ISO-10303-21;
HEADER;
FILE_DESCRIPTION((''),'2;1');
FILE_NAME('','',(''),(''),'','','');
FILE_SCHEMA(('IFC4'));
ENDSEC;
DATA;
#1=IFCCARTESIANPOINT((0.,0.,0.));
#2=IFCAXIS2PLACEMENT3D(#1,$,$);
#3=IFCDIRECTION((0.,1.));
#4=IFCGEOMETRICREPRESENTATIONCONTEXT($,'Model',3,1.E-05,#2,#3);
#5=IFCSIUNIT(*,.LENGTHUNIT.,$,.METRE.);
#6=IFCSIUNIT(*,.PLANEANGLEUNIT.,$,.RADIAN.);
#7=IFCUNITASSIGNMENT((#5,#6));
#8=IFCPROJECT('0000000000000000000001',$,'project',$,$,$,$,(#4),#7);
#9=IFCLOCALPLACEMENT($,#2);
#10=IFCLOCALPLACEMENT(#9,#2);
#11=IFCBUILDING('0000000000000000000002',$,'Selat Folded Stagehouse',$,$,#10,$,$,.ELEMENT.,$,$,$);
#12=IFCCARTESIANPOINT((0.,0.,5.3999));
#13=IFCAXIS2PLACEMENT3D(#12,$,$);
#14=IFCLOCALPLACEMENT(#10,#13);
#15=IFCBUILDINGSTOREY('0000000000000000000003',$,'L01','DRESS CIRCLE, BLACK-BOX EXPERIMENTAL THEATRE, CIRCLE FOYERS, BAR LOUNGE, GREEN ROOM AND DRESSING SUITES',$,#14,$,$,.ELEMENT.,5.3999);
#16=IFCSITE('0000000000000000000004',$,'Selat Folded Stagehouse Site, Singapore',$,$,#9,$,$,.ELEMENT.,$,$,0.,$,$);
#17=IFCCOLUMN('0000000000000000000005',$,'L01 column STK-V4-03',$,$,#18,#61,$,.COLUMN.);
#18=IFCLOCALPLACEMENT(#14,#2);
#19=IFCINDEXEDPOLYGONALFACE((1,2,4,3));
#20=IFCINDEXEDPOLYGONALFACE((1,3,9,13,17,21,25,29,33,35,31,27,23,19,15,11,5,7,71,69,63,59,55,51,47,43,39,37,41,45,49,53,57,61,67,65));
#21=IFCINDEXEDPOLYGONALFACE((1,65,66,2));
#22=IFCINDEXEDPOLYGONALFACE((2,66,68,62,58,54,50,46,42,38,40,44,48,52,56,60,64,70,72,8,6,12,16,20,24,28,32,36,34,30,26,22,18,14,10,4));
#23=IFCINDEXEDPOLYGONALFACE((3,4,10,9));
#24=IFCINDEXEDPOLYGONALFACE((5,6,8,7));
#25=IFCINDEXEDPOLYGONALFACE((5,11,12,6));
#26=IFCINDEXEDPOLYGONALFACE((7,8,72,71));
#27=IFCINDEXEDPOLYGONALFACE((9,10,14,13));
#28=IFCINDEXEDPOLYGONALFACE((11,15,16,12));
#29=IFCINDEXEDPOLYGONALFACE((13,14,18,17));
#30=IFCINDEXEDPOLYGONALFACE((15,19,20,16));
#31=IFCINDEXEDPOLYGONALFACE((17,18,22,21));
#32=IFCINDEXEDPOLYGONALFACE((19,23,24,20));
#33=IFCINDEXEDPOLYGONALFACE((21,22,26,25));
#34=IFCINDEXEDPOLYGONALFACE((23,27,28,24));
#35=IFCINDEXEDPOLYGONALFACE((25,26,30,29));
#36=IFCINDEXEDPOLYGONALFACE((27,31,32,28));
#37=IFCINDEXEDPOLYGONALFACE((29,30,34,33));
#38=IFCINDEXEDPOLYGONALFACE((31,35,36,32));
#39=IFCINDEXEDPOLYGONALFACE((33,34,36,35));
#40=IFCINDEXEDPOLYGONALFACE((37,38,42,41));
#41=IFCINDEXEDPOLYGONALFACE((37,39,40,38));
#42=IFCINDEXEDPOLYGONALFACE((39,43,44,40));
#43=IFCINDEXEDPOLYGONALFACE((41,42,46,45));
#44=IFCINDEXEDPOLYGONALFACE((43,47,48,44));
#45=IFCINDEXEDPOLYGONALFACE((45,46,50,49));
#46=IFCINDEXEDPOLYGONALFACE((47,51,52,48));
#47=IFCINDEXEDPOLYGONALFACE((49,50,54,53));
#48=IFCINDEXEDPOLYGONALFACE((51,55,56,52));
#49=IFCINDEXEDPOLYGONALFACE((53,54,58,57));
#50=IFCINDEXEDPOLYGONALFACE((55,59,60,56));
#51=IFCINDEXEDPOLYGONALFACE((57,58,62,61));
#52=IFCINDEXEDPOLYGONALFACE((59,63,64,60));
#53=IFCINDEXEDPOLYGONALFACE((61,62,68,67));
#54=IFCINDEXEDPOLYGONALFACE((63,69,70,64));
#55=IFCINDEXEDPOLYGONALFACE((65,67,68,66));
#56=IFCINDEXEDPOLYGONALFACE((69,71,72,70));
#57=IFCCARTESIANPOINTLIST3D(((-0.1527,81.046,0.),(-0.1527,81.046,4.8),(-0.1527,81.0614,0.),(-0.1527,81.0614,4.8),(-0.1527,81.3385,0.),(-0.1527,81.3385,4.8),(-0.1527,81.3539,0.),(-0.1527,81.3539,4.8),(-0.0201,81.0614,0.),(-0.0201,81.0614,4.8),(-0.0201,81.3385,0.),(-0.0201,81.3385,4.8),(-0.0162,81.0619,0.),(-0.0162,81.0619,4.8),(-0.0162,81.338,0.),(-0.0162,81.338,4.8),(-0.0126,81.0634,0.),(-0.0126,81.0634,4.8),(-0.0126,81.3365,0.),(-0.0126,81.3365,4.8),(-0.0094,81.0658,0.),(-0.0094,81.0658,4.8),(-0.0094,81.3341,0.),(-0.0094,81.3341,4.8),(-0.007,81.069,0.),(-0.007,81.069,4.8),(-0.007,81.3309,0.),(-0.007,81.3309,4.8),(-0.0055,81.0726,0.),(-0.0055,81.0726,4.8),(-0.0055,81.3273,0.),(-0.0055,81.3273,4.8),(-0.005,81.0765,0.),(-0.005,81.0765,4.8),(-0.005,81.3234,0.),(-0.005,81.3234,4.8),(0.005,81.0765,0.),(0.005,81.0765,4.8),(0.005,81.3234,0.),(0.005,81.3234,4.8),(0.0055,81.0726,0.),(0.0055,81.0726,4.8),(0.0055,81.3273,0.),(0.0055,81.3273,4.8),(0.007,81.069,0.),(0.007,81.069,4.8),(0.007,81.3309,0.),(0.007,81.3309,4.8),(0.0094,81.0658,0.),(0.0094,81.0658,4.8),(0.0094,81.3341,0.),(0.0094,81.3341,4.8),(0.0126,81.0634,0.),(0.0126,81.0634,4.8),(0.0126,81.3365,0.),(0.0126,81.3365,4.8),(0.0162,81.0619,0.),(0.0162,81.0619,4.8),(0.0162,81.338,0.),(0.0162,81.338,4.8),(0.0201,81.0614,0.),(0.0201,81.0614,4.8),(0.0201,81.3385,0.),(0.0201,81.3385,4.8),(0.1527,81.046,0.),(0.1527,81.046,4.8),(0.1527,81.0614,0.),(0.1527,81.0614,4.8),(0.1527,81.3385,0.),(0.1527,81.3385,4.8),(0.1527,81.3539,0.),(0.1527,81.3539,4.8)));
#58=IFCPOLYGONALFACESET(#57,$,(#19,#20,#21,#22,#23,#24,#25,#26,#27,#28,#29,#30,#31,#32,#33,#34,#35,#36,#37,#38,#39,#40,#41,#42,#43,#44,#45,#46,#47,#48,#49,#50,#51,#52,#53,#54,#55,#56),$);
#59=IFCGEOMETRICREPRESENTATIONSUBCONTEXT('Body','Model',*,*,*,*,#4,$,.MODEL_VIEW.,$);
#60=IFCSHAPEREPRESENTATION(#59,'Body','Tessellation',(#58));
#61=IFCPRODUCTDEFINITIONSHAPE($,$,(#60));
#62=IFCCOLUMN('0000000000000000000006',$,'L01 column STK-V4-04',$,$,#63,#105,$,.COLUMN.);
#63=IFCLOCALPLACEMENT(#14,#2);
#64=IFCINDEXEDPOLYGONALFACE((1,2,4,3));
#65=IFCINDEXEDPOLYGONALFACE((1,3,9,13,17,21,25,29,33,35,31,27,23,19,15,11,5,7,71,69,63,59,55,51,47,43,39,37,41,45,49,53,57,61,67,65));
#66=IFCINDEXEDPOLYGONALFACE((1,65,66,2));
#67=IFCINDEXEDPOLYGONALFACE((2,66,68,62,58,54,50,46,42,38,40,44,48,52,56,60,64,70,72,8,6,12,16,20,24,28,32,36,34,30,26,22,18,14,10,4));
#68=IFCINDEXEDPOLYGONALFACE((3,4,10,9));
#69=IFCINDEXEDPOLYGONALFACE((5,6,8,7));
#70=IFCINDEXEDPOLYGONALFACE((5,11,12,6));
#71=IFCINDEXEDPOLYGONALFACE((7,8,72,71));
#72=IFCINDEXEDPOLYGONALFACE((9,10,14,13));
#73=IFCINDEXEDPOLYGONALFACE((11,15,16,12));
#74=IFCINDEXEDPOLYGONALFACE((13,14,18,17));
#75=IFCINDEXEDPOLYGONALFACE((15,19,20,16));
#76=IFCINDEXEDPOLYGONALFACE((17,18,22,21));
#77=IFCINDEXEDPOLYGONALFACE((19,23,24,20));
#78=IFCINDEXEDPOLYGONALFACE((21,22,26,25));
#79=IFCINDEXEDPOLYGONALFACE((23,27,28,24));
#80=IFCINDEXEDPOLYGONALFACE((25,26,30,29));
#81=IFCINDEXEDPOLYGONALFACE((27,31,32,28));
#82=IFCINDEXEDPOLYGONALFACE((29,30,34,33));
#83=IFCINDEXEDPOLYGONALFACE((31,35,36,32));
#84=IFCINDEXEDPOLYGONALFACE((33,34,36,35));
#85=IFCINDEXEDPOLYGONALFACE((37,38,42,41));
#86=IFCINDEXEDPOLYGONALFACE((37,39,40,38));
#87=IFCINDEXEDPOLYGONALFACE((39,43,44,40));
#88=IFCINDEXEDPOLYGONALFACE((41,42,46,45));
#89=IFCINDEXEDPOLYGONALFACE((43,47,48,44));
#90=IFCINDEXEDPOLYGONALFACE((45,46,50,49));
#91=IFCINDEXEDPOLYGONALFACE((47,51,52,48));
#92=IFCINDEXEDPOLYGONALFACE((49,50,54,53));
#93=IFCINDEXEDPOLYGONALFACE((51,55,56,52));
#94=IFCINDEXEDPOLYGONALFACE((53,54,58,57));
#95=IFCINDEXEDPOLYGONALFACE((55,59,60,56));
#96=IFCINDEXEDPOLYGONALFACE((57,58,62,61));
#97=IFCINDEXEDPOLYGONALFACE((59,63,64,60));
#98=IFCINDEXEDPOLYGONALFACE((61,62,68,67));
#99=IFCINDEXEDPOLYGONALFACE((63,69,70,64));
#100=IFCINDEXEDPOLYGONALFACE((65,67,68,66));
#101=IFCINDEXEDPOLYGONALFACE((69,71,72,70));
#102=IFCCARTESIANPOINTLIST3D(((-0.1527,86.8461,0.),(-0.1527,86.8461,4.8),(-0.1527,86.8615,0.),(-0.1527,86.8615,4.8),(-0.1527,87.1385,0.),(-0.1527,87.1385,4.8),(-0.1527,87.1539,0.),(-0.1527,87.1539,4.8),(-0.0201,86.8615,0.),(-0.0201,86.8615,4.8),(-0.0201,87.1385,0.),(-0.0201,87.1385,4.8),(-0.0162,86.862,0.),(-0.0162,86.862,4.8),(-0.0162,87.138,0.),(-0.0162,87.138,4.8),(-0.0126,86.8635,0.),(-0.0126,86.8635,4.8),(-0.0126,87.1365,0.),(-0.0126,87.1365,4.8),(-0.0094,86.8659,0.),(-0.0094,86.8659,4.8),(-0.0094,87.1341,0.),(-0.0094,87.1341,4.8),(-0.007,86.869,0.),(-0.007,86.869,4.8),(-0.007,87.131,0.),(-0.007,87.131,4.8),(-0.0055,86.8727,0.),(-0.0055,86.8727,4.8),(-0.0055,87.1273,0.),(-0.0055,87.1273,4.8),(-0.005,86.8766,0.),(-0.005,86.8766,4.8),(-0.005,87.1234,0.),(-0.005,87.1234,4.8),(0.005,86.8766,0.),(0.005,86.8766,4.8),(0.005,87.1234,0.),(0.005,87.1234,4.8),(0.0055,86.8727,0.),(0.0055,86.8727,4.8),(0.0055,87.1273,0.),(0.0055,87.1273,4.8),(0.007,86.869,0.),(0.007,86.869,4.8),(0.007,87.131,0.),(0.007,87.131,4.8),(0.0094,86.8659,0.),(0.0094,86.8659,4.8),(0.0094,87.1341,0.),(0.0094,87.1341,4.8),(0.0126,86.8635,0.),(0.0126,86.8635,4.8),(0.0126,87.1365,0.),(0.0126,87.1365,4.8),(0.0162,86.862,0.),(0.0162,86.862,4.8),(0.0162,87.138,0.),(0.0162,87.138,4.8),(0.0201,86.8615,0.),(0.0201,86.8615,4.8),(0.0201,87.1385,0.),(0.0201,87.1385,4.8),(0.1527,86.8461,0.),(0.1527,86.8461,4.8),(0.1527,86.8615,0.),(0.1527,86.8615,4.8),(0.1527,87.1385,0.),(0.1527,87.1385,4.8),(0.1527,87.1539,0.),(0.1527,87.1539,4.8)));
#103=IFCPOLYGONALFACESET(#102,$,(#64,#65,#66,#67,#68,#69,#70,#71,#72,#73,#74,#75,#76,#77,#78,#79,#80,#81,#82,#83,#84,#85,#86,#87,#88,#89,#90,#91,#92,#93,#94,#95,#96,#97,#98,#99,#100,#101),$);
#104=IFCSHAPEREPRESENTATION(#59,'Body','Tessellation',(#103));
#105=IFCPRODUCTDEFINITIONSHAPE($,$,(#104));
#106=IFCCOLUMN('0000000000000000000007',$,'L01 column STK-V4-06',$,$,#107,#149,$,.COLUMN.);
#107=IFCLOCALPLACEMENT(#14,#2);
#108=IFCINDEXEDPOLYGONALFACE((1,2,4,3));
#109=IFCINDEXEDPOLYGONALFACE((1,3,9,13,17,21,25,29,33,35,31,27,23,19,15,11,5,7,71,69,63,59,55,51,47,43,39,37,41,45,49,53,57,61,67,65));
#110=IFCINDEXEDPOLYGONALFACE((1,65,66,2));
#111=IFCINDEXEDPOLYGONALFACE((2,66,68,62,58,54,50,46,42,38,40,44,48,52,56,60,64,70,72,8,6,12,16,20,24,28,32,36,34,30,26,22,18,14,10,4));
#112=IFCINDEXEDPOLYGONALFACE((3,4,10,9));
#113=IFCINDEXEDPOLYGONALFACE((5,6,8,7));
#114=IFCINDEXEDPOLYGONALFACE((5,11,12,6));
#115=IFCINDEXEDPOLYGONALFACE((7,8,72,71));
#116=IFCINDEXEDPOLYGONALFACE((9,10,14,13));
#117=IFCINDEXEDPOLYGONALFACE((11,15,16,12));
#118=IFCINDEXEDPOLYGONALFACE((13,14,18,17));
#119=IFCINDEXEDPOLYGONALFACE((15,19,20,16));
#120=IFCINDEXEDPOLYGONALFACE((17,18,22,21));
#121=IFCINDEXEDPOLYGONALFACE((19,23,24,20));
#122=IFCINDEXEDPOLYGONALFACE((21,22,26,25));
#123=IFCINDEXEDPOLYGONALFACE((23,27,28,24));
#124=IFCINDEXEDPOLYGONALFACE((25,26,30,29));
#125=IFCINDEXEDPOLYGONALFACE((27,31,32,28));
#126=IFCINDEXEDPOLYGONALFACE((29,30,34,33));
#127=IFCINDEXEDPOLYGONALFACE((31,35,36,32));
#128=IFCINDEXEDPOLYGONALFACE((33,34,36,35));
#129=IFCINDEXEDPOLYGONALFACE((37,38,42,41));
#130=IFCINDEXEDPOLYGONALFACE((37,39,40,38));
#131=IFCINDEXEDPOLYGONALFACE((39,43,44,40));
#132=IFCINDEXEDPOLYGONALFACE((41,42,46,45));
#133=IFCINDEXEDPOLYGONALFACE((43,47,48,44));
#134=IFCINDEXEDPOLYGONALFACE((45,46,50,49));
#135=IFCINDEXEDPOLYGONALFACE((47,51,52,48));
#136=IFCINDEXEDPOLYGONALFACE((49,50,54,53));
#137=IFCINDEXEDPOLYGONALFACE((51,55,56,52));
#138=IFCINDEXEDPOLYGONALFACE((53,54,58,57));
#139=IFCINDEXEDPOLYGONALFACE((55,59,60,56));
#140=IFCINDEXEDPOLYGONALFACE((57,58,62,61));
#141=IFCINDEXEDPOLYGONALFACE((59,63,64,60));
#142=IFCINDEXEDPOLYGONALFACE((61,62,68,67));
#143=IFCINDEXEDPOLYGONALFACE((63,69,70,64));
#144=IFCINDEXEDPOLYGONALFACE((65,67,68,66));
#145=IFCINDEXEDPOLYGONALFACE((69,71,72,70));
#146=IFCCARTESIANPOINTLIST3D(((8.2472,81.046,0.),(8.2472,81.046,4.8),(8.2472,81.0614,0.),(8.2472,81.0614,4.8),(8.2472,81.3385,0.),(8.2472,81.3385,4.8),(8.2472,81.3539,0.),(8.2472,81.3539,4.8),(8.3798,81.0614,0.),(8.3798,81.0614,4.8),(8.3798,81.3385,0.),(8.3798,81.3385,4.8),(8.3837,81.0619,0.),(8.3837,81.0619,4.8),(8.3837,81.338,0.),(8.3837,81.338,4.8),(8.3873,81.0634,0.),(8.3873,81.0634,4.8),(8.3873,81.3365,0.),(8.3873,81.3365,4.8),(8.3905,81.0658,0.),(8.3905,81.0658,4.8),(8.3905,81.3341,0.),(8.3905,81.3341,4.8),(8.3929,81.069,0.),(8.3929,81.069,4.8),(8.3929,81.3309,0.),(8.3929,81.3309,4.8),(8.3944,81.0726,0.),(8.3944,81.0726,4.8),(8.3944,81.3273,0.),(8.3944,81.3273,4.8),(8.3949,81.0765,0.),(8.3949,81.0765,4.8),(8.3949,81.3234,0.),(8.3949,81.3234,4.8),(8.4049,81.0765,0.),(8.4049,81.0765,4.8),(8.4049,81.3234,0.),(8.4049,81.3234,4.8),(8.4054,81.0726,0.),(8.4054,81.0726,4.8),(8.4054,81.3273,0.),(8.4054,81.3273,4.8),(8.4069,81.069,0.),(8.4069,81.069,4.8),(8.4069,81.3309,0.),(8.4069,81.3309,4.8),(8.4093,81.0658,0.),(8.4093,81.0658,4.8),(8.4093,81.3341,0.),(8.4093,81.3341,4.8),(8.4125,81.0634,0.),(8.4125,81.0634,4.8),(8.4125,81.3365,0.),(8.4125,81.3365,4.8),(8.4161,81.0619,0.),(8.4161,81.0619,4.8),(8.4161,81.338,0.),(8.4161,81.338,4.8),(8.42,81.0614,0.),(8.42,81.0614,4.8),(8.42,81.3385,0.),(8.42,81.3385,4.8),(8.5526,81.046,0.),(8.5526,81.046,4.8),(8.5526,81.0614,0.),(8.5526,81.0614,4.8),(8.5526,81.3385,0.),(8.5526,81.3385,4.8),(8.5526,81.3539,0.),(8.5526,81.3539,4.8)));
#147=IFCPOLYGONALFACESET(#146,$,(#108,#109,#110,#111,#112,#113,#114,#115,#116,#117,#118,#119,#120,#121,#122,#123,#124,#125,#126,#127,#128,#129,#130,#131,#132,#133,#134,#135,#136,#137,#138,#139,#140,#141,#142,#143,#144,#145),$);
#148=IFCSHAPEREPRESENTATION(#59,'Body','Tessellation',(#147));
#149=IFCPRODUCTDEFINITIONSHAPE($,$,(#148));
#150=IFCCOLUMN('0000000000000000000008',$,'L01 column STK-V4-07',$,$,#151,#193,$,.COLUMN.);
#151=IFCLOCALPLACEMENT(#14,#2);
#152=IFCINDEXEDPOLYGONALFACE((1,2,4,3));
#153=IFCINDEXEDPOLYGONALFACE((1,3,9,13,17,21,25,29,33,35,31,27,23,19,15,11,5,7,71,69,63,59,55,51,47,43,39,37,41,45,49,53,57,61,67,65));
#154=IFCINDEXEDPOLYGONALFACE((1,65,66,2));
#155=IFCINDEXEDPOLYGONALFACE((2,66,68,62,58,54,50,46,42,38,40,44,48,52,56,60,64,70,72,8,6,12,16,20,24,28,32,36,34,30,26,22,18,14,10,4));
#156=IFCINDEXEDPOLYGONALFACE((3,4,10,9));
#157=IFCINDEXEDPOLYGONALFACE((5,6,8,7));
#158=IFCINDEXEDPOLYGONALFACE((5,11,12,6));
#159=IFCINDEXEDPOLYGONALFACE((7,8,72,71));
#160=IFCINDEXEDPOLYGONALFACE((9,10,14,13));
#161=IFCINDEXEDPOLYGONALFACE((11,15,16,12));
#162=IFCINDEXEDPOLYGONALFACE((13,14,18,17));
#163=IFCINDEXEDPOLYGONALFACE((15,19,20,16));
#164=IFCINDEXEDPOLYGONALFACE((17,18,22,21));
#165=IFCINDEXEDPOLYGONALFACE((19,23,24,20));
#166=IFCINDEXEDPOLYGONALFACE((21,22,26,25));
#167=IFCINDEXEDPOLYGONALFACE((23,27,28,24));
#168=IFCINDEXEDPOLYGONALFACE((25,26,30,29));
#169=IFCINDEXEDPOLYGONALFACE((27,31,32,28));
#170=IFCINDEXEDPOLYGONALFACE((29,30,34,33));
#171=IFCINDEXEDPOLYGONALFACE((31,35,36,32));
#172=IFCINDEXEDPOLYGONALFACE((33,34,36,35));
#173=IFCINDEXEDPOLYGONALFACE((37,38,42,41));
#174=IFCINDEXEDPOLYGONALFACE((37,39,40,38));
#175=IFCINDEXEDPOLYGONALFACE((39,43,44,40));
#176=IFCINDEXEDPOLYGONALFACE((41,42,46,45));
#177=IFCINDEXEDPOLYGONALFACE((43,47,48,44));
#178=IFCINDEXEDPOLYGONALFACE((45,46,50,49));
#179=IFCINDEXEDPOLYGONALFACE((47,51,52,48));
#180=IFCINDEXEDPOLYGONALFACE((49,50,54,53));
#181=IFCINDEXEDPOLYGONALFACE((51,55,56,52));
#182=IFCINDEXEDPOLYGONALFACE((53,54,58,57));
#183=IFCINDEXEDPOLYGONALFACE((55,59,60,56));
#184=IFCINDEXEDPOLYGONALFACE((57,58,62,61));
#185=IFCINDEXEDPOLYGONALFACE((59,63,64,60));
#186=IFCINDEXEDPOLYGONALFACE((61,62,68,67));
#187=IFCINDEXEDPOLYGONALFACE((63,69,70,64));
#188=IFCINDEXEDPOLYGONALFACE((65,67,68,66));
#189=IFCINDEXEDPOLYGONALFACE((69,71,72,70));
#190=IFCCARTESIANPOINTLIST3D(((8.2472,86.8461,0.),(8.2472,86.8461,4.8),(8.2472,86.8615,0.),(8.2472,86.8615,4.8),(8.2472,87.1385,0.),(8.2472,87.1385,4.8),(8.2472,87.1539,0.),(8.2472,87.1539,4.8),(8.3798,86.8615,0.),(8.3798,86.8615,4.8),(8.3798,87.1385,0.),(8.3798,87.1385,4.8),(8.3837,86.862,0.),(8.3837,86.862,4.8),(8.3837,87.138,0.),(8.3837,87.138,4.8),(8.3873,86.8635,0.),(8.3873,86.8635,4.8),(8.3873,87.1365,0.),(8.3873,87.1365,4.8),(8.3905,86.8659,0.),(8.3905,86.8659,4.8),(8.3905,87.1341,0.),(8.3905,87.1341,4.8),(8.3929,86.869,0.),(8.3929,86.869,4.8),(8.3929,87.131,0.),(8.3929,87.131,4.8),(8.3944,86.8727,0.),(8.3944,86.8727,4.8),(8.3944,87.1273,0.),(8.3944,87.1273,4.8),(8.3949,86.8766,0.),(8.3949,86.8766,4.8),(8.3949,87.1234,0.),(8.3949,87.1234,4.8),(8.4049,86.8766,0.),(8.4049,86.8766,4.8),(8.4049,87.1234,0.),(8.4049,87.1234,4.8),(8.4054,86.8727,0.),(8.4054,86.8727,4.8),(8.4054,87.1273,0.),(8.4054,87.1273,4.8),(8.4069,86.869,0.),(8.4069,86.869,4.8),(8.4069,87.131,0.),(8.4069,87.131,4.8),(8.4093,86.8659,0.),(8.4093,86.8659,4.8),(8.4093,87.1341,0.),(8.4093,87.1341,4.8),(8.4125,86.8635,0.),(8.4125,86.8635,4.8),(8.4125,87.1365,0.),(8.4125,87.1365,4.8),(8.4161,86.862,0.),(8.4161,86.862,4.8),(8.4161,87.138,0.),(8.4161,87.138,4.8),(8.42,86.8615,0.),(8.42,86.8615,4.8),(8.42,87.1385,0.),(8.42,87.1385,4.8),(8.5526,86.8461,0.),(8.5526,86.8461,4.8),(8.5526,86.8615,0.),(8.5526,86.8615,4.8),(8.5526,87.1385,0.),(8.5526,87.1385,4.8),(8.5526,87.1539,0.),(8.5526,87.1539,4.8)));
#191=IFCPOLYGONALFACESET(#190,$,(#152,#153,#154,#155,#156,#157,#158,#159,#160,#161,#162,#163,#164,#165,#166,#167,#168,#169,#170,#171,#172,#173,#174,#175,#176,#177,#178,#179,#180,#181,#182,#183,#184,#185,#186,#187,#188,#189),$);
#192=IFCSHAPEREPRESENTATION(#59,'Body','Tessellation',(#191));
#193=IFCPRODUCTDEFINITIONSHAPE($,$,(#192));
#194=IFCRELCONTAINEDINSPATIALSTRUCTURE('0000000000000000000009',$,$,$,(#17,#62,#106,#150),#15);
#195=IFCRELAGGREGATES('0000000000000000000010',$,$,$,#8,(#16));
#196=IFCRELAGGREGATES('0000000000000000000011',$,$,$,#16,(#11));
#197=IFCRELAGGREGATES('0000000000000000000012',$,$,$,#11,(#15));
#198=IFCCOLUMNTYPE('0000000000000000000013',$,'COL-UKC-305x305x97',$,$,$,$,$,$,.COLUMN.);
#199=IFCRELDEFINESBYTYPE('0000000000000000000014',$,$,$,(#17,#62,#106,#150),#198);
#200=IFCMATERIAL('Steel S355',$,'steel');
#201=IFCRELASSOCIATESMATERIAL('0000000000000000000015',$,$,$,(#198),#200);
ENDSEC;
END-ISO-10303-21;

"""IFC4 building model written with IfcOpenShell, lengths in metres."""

from ifc_helpers import new_model, si_unit, direction, frame, origin, origin_2d, place, context, subcontext, project, spatial, i_section, extrude, material, material_profile, profile_set, type_object, element, save


model = new_model("IFC4")

# Units and contexts
model_context = context("Model", 3, precision=1e-05, world=origin(), true_north=direction((0.0, 1.0)))
body_context = subcontext(model_context, "Body", "Model", "MODEL_VIEW")
ifc_project = project(units=[si_unit("LENGTHUNIT", "METRE"), si_unit("PLANEANGLEUNIT", "RADIAN")], contexts=[model_context])

# Site, building, storey
site_placement = place(None, origin())
site = spatial("IfcSite", under=ifc_project, at=site_placement, Name="Selat Folded Stagehouse Site, Singapore", CompositionType="ELEMENT", RefElevation=0.0)
building_placement = place(site_placement, origin())
building = spatial("IfcBuilding", under=site, at=building_placement, Name="Selat Folded Stagehouse", CompositionType="ELEMENT")
storey_placement = place(building_placement, frame((0.0, 0.0, 5.3999)))
storey = spatial("IfcBuildingStorey", under=building, at=storey_placement, Name="L01", Description="DRESS CIRCLE, BLACK-BOX EXPERIMENTAL THEATRE, CIRCLE FOYERS, BAR LOUNGE, GREEN ROOM AND DRESSING SUITES", CompositionType="ELEMENT", Elevation=5.3999)

# Columns
ifc_material_1 = material(Name="Steel S355", Category="steel")
ifc_material_profile_1 = material_profile(ifc_material_1, i_section(OverallWidth=0.3054, OverallDepth=0.3079, WebThickness=0.01, FlangeThickness=0.0154, FilletRadius=0.0151, at=origin_2d()), Name="UKC 305x305x97")
ifc_profile_set_1 = profile_set([ifc_material_profile_1], Name="Steel S355")
column_type = type_object("IfcColumnType", Name="COL-UKC-305x305x97", PredefinedType="COLUMN", material=ifc_profile_set_1)
for number, where, z_axis, x_axis, name in (
    (1, (0.0, 81.2, 0.0), (0.0, 0.0, 1.0), (1.0, 0.0, 0.0), "L01 column STK-V4-03"),
    (2, (0.0, 87.0, 0.0), (0.0, 0.0, 1.0), (1.0, 0.0, 0.0), "L01 column STK-V4-04"),
    (3, (8.3999, 81.2, 0.0), (0.0, 0.0, 1.0), (1.0, 0.0, 0.0), "L01 column STK-V4-06"),
    (4, (8.3999, 87.0, 0.0), (0.0, 0.0, 1.0), (1.0, 0.0, 0.0), "L01 column STK-V4-07"),
):
    element("IfcColumn", number, at=place(storey_placement, frame(where, z_axis=z_axis, x_axis=x_axis)), inside=storey, type_object=column_type, Name=name, PredefinedType="COLUMN", context=body_context, shape_type="SweptSolid", body=[
        extrude(i_section(OverallWidth=0.3054, OverallDepth=0.3079, WebThickness=0.01, FlangeThickness=0.0154, FilletRadius=0.0151, at=origin_2d()), origin(), (0.0, 0.0, 1.0), 4.8),
    ])

save(model, "model.ifc")
